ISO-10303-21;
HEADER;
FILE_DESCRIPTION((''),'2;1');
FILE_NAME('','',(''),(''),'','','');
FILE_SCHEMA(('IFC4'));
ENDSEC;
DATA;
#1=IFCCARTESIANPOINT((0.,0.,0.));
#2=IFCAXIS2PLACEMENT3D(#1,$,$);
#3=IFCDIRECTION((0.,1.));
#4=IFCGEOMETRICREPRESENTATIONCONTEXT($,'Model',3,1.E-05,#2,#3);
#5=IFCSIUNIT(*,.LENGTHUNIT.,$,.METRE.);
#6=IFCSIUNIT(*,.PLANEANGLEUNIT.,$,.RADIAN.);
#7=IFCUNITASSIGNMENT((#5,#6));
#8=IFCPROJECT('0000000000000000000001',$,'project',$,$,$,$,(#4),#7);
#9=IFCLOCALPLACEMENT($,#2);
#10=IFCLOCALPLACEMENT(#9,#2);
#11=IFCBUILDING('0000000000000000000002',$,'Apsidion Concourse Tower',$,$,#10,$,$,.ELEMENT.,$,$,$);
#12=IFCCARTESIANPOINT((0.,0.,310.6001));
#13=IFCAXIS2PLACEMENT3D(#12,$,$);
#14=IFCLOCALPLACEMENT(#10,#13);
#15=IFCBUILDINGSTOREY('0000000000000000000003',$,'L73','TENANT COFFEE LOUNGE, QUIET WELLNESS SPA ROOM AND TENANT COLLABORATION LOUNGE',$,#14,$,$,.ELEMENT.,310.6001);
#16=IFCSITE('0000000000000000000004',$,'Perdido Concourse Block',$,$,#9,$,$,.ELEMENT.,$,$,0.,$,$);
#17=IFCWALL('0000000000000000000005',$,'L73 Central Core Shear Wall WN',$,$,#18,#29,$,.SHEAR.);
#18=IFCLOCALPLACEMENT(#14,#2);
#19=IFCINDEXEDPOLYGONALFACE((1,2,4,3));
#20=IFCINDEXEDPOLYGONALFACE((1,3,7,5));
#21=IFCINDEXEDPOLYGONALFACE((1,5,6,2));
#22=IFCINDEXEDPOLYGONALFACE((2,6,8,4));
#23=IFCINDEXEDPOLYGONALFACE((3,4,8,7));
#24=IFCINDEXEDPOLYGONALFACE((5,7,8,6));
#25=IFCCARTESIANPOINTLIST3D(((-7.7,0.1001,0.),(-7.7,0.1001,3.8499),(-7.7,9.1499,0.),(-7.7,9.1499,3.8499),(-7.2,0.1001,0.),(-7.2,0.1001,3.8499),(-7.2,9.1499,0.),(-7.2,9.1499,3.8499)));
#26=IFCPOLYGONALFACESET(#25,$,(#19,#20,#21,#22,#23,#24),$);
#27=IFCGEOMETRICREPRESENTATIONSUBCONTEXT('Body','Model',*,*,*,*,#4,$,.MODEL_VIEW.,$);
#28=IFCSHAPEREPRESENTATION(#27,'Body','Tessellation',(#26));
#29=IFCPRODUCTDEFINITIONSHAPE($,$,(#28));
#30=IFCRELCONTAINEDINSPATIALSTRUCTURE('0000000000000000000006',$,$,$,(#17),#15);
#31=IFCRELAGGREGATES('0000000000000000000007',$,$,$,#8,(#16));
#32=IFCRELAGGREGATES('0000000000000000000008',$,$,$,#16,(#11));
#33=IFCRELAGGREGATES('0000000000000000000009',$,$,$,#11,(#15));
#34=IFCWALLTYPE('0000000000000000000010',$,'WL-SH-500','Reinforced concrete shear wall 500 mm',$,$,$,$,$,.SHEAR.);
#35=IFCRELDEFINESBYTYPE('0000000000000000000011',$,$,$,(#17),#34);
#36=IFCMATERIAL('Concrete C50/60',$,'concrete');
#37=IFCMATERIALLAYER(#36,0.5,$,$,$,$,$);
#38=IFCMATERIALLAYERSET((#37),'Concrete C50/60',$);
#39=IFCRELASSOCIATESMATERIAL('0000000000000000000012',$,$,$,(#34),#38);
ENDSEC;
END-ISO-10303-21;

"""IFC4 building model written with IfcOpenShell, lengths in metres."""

from ifc_helpers import new_model, si_unit, direction, frame, frame_2d, origin, place, context, subcontext, project, spatial, rectangle, extrude, material, layer, layer_set, type_object, element, save


model = new_model("IFC4")

# Units and contexts
model_context = context("Model", 3, precision=1e-05, world=origin(), true_north=direction((0.0, 1.0)))
body_context = subcontext(model_context, "Body", "Model", "MODEL_VIEW")
ifc_project = project(units=[si_unit("LENGTHUNIT", "METRE"), si_unit("PLANEANGLEUNIT", "RADIAN")], contexts=[model_context])

# Site, building, storey
site_placement = place(None, origin())
site = spatial("IfcSite", under=ifc_project, at=site_placement, Name="Perdido Concourse Block", CompositionType="ELEMENT", RefElevation=0.0)
building_placement = place(site_placement, origin())
building = spatial("IfcBuilding", under=site, at=building_placement, Name="Apsidion Concourse Tower", CompositionType="ELEMENT")
storey_placement = place(building_placement, frame((0.0, 0.0, 310.6001)))
storey = spatial("IfcBuildingStorey", under=building, at=storey_placement, Name="L73", Description="TENANT COFFEE LOUNGE, QUIET WELLNESS SPA ROOM AND TENANT COLLABORATION LOUNGE", CompositionType="ELEMENT", Elevation=310.6001)

# Shared definitions
ifc_material_1 = material(Name="Concrete C50/60", Category="concrete")

# Wall
ifc_layer_1 = layer(ifc_material_1, 0.5)
ifc_layer_set_1 = layer_set([ifc_layer_1], Name="Concrete C50/60")
wall_type_1 = type_object("IfcWallType", Name="WL-SH-500", Description="Reinforced concrete shear wall 500 mm", PredefinedType="SHEAR", material=ifc_layer_set_1)
wall_1_placement = place(storey_placement, frame((-7.45, 0.1001, 0.0), z_axis=(0.0, 0.0, 1.0), x_axis=(0.0, 1.0, 0.0)))
element("IfcWall", 1, at=wall_1_placement, inside=storey, type_object=wall_type_1, Name="L73 Central Core Shear Wall WN", PredefinedType="SHEAR", context=body_context, shape_type="SweptSolid", body=[
    extrude(rectangle(XDim=9.0498, YDim=0.5, at=frame_2d((4.5249, 0.0))), origin(), (0.0, 0.0, 1.0), 3.8499),
])

save(model, "model.ifc")
